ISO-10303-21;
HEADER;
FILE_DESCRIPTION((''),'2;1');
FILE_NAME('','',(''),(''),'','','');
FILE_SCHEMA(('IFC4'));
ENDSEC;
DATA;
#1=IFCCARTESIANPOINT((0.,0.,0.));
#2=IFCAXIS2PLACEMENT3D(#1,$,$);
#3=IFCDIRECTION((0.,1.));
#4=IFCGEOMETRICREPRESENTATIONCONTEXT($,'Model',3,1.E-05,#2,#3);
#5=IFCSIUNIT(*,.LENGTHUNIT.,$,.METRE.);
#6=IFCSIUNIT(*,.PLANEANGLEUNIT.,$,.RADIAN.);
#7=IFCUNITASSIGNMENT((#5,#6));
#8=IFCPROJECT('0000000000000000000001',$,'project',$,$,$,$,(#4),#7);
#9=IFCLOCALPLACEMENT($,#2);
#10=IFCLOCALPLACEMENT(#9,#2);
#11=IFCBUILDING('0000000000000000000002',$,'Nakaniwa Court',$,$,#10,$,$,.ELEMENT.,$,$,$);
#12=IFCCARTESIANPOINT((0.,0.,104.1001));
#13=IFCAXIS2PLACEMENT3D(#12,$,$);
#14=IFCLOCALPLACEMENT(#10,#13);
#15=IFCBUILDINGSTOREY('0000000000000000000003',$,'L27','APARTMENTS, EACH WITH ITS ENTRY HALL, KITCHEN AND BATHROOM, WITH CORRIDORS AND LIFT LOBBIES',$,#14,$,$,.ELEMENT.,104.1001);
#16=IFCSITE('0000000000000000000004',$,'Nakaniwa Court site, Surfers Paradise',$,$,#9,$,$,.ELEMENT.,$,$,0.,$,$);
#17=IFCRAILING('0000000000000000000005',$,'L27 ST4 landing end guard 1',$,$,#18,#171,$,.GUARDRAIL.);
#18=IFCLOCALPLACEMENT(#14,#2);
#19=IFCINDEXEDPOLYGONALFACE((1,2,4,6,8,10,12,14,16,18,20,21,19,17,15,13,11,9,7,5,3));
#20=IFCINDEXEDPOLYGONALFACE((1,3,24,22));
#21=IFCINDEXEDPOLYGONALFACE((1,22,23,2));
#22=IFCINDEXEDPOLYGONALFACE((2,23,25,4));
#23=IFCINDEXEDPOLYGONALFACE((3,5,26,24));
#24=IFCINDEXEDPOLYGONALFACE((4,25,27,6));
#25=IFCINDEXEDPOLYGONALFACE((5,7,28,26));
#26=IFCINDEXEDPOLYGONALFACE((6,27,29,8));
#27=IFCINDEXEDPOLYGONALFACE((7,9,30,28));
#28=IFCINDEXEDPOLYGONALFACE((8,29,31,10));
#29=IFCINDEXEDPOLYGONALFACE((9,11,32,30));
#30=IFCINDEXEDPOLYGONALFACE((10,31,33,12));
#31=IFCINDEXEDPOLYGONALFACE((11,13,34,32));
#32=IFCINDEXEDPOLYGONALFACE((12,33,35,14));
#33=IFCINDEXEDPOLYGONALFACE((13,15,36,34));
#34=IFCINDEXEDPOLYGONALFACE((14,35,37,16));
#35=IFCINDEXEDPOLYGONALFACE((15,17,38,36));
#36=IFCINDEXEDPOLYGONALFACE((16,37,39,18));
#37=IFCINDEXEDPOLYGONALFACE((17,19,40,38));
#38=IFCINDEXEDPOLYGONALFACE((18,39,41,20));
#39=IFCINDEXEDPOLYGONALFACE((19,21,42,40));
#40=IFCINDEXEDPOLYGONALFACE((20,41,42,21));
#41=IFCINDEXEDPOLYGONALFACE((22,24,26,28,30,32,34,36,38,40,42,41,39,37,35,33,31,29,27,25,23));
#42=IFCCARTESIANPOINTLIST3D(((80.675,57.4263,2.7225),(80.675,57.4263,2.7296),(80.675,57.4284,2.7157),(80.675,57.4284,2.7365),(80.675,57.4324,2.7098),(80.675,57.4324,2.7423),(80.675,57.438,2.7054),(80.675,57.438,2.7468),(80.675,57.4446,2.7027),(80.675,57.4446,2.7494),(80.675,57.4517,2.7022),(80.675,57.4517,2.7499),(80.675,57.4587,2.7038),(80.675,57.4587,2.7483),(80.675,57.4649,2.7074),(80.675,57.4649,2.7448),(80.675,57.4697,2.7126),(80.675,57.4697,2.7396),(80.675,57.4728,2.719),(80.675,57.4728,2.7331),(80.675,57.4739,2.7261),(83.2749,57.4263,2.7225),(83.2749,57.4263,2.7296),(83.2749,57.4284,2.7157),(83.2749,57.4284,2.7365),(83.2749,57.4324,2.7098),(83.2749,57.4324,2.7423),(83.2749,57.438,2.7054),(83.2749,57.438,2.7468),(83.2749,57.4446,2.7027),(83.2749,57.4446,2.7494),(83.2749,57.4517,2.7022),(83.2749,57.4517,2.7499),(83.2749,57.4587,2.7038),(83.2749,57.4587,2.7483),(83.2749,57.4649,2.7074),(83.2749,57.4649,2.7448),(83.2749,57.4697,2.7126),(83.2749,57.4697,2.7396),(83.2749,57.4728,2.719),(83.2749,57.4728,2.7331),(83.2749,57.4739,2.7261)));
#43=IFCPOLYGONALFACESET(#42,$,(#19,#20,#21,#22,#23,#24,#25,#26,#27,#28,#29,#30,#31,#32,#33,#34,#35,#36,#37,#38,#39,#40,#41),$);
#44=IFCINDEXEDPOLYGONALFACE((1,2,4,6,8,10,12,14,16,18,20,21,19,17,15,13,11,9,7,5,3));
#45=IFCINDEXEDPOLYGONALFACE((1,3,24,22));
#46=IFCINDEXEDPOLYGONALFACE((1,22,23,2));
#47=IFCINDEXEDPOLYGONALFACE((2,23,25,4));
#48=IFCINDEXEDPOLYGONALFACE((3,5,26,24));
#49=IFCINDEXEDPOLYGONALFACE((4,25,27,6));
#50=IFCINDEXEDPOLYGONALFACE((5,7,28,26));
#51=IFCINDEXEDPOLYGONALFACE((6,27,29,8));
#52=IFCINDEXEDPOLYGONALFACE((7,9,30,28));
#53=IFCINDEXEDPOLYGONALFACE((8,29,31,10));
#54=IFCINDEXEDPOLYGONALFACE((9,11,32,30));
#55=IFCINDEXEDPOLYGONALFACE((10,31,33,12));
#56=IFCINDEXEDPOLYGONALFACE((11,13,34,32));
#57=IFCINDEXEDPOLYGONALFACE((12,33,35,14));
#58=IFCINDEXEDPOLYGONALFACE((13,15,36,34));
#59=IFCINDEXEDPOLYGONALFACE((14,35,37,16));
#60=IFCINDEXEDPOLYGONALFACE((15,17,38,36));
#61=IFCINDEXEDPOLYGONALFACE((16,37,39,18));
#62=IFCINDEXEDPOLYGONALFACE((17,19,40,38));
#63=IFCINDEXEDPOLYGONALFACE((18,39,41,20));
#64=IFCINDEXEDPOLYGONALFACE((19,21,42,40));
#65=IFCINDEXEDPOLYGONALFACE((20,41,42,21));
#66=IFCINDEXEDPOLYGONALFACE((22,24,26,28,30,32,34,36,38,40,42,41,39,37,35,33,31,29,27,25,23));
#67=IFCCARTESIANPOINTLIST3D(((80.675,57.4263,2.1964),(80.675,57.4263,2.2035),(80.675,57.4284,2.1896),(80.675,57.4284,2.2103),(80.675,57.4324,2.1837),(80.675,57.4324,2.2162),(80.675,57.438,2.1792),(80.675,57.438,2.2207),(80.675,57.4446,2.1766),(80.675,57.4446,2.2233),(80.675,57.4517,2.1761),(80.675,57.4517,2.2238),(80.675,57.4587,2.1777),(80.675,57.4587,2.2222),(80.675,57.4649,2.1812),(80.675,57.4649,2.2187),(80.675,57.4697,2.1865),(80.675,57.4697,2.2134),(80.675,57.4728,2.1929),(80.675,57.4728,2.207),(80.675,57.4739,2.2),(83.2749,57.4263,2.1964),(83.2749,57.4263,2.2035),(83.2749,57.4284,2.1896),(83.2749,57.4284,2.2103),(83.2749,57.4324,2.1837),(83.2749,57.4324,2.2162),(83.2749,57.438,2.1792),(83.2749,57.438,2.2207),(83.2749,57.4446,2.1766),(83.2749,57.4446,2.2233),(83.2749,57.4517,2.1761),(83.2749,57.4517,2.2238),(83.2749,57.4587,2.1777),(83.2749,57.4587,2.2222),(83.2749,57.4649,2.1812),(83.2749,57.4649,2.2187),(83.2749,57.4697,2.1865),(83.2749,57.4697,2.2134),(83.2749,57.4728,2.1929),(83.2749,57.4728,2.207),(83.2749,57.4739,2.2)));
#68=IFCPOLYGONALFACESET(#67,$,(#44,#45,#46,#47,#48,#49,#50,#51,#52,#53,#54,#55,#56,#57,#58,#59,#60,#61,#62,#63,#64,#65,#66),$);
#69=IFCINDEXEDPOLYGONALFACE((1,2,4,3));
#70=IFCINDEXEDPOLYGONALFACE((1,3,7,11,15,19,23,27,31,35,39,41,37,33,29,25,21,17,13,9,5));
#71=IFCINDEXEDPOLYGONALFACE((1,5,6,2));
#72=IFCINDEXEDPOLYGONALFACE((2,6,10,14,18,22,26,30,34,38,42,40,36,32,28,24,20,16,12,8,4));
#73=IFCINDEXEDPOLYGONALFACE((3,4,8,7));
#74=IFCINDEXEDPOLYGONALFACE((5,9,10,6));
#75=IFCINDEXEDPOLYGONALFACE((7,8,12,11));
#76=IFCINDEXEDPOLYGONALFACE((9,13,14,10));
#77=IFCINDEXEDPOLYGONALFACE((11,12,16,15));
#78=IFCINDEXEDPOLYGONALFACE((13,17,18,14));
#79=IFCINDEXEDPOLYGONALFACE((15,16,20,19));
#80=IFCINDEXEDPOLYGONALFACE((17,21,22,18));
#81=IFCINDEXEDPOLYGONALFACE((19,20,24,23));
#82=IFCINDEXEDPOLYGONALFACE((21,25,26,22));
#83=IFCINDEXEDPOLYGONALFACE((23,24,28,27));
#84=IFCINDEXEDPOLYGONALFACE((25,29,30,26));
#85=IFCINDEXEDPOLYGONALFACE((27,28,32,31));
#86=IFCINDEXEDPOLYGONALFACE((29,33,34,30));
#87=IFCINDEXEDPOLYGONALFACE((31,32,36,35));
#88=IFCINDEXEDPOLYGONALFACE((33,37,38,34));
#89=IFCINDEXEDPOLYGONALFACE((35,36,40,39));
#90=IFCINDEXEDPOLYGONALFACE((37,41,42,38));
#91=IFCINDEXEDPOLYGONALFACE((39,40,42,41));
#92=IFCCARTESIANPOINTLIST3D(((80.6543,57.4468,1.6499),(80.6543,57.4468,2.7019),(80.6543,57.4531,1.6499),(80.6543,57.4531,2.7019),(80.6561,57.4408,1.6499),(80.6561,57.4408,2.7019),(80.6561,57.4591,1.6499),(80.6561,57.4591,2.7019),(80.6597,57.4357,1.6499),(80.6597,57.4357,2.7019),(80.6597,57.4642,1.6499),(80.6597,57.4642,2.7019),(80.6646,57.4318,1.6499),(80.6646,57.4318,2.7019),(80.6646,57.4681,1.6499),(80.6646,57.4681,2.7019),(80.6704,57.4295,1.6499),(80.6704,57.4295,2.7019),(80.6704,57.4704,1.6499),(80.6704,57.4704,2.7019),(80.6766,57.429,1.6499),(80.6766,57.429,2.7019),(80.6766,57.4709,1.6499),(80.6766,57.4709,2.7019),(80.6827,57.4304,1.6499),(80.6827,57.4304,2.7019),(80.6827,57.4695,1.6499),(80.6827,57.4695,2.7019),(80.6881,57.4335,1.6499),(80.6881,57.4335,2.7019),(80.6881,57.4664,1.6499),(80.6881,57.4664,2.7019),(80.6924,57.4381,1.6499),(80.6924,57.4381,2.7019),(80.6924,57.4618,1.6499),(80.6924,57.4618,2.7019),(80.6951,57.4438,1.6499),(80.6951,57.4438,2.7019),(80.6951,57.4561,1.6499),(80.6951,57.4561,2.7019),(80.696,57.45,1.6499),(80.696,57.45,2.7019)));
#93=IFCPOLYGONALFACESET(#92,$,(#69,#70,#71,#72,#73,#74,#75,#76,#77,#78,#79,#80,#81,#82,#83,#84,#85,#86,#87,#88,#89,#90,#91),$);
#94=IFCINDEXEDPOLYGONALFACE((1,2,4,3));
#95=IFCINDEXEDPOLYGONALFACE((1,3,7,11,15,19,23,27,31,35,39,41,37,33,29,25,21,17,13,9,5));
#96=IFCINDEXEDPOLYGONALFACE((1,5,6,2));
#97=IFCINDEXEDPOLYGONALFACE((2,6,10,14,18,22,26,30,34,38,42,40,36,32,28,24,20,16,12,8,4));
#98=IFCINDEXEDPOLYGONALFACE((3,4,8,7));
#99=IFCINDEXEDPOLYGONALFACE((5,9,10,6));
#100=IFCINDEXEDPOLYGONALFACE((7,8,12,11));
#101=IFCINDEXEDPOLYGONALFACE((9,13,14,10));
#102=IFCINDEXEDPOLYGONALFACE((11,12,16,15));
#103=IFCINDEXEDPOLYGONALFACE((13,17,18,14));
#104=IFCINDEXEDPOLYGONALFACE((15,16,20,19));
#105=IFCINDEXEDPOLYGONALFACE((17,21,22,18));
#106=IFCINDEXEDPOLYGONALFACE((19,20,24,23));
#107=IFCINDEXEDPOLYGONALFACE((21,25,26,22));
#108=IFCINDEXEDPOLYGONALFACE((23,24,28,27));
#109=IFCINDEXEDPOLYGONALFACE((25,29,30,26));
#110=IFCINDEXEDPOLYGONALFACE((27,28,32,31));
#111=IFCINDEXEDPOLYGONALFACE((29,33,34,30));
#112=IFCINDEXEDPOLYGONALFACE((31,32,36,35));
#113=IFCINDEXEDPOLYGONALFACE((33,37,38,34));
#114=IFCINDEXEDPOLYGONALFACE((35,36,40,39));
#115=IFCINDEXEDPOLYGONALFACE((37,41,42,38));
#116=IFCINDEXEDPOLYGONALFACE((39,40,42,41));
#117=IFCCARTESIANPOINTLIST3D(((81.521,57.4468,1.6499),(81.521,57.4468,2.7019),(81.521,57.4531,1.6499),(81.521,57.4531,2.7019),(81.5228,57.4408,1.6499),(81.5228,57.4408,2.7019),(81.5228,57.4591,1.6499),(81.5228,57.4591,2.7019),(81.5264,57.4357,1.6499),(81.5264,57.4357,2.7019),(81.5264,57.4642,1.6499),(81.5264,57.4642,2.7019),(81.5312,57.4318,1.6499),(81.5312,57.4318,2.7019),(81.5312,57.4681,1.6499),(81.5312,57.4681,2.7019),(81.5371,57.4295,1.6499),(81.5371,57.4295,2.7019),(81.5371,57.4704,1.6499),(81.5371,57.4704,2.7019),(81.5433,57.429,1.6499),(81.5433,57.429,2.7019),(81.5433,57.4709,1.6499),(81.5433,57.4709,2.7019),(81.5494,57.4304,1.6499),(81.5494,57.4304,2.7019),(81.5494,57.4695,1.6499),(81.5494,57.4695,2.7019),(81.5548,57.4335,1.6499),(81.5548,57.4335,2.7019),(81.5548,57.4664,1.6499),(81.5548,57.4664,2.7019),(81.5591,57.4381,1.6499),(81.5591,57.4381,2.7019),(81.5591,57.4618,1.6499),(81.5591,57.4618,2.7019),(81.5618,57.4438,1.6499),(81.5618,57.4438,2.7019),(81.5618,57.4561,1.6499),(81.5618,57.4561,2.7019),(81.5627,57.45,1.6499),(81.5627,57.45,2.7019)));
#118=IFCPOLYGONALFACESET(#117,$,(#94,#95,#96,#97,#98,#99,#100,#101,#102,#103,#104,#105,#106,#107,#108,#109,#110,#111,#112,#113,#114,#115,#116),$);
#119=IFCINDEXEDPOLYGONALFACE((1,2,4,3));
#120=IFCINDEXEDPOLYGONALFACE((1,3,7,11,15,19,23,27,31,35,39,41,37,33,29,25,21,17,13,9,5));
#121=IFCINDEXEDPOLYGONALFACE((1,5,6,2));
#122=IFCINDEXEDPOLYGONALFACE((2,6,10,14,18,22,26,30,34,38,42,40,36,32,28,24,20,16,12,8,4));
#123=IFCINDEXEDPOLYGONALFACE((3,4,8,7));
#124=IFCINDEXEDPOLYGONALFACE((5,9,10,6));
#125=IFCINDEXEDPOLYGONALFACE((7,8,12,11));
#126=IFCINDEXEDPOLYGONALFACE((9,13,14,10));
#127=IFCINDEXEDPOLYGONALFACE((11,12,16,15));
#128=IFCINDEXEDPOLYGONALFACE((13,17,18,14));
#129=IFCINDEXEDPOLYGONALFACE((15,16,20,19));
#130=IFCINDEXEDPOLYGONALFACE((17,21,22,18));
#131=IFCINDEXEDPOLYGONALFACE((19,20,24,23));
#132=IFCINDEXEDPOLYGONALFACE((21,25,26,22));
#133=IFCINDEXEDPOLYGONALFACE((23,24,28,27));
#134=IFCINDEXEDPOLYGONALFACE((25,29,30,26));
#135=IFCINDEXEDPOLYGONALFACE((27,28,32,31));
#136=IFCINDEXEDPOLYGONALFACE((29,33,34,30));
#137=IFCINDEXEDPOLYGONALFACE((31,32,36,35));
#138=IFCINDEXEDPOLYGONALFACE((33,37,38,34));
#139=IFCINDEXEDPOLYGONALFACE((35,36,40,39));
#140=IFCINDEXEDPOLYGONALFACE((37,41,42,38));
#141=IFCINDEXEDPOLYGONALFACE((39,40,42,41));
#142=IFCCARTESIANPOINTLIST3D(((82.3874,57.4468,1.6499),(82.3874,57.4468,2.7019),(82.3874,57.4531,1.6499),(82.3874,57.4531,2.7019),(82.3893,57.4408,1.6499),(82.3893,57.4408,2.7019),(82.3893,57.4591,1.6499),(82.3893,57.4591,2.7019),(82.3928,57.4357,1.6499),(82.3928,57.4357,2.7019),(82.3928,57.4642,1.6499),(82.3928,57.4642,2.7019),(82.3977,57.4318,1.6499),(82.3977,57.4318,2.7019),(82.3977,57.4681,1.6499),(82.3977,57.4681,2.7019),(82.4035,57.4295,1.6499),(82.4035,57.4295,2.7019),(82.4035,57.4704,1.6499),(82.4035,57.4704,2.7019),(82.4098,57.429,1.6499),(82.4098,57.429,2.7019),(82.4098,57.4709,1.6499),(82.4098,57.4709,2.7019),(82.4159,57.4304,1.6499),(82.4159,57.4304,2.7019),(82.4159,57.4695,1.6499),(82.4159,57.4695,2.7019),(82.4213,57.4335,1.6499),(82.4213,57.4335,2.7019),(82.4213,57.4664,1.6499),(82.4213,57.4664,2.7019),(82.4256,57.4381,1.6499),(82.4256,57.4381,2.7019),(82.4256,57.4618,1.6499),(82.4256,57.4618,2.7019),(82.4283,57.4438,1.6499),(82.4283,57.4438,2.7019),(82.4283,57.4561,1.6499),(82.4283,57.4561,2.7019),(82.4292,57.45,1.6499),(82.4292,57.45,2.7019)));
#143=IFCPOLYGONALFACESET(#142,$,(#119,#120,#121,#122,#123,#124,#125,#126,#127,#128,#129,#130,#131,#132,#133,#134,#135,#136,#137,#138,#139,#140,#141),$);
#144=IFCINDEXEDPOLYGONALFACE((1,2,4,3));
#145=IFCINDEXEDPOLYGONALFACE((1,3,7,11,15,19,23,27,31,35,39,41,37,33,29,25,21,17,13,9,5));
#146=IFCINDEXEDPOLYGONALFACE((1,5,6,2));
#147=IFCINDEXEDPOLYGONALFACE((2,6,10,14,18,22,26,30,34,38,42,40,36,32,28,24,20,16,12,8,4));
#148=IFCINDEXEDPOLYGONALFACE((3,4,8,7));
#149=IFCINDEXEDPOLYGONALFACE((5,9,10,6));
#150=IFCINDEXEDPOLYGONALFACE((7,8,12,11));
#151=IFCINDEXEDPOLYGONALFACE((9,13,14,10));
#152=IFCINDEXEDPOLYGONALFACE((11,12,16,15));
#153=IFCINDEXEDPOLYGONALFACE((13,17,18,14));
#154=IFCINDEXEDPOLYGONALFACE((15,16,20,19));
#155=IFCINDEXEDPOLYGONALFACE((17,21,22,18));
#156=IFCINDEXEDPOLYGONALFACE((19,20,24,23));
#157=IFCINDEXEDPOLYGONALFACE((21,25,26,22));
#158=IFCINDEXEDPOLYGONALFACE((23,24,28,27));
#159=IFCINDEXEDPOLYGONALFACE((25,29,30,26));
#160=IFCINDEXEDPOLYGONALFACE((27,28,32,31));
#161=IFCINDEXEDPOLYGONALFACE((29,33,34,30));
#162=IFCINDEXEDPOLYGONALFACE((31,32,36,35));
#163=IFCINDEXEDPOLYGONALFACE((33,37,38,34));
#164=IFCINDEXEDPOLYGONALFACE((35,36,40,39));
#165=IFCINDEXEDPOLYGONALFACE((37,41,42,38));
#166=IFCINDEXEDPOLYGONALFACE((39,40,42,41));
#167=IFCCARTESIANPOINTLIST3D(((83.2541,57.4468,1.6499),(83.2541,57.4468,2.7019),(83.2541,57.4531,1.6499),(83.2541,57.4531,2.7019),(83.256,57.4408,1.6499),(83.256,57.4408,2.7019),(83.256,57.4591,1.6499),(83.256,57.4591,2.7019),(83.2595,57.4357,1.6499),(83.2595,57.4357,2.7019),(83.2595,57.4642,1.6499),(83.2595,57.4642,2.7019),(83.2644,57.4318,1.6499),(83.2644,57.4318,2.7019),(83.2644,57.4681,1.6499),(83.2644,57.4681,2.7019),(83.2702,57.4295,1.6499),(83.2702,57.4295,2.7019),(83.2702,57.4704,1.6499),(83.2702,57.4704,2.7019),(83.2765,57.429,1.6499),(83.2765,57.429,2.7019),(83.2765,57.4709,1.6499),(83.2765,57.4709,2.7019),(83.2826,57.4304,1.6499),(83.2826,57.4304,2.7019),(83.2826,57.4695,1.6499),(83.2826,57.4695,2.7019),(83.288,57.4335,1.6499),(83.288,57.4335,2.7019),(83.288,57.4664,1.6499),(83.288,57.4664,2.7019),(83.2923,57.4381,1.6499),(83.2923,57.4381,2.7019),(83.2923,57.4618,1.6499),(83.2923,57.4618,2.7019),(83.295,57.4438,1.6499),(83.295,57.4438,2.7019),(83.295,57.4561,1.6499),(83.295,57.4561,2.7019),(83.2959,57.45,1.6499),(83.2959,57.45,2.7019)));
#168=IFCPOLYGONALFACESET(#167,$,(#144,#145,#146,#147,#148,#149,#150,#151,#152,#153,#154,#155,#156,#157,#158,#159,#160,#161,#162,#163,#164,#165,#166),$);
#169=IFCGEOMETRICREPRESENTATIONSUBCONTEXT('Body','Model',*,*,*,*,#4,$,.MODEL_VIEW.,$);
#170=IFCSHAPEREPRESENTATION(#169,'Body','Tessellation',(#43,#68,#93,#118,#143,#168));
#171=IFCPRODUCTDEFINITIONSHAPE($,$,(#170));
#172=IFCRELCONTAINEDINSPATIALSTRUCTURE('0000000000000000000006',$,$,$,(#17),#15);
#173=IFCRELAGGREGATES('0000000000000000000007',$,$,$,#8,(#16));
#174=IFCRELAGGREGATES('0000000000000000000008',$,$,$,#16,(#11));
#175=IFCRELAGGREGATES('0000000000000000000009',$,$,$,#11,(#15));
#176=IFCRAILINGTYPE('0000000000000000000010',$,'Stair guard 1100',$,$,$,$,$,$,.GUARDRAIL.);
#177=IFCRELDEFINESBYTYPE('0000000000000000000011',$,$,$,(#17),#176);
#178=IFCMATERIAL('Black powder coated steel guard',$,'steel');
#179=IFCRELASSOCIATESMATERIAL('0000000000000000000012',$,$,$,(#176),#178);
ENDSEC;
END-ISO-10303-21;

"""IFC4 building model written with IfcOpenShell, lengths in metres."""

from ifc_helpers import new_model, si_unit, direction, frame, origin, origin_2d, place, context, subcontext, project, spatial, circle, extrude, material, type_object, element, save


model = new_model("IFC4")

# Units and contexts
model_context = context("Model", 3, precision=1e-05, world=origin(), true_north=direction((0.0, 1.0)))
body_context = subcontext(model_context, "Body", "Model", "MODEL_VIEW")
ifc_project = project(units=[si_unit("LENGTHUNIT", "METRE"), si_unit("PLANEANGLEUNIT", "RADIAN")], contexts=[model_context])

# Site, building, storey
site_placement = place(None, origin())
site = spatial("IfcSite", under=ifc_project, at=site_placement, Name="Nakaniwa Court site, Surfers Paradise", CompositionType="ELEMENT", RefElevation=0.0)
building_placement = place(site_placement, origin())
building = spatial("IfcBuilding", under=site, at=building_placement, Name="Nakaniwa Court", CompositionType="ELEMENT")
storey_placement = place(building_placement, frame((0.0, 0.0, 104.1001)))
storey = spatial("IfcBuildingStorey", under=building, at=storey_placement, Name="L27", Description="APARTMENTS, EACH WITH ITS ENTRY HALL, KITCHEN AND BATHROOM, WITH CORRIDORS AND LIFT LOBBIES", CompositionType="ELEMENT", Elevation=104.1001)

# Railing
ifc_material_1 = material(Name="Black powder coated steel guard", Category="steel")
railing_type_1 = type_object("IfcRailingType", Name="Stair guard 1100", PredefinedType="GUARDRAIL", material=ifc_material_1)
railing_1_placement = place(storey_placement, frame((80.675, 57.45, 1.6499)))
element("IfcRailing", 1, at=railing_1_placement, inside=storey, type_object=railing_type_1, Name="L27 ST4 landing end guard 1", PredefinedType="GUARDRAIL", context=body_context, shape_type="SweptSolid", body=[
    extrude(circle(Radius=0.0239, at=origin_2d()), frame((0.0, 0.0, 1.0762), z_axis=(1.0, 0.0, 0.0), x_axis=(0.0, 1.0, 0.0)), (0.0, 0.0, 1.0), 2.5999),
    extrude(circle(Radius=0.0239, at=origin_2d()), frame((0.0, 0.0, 0.55), z_axis=(1.0, 0.0, 0.0), x_axis=(0.0, 1.0, 0.0)), (0.0, 0.0, 1.0), 2.5999),
    extrude(circle(Radius=0.021, at=origin_2d()), origin(), (0.0, 0.0, 1.0), 1.052),
    extrude(circle(Radius=0.021, at=origin_2d()), frame((0.8667, 0.0, 0.0)), (0.0, 0.0, 1.0), 1.052),
    extrude(circle(Radius=0.021, at=origin_2d()), frame((1.7332, 0.0, 0.0)), (0.0, 0.0, 1.0), 1.052),
    extrude(circle(Radius=0.021, at=origin_2d()), frame((2.5999, 0.0, 0.0)), (0.0, 0.0, 1.0), 1.052),
])

save(model, "model.ifc")
